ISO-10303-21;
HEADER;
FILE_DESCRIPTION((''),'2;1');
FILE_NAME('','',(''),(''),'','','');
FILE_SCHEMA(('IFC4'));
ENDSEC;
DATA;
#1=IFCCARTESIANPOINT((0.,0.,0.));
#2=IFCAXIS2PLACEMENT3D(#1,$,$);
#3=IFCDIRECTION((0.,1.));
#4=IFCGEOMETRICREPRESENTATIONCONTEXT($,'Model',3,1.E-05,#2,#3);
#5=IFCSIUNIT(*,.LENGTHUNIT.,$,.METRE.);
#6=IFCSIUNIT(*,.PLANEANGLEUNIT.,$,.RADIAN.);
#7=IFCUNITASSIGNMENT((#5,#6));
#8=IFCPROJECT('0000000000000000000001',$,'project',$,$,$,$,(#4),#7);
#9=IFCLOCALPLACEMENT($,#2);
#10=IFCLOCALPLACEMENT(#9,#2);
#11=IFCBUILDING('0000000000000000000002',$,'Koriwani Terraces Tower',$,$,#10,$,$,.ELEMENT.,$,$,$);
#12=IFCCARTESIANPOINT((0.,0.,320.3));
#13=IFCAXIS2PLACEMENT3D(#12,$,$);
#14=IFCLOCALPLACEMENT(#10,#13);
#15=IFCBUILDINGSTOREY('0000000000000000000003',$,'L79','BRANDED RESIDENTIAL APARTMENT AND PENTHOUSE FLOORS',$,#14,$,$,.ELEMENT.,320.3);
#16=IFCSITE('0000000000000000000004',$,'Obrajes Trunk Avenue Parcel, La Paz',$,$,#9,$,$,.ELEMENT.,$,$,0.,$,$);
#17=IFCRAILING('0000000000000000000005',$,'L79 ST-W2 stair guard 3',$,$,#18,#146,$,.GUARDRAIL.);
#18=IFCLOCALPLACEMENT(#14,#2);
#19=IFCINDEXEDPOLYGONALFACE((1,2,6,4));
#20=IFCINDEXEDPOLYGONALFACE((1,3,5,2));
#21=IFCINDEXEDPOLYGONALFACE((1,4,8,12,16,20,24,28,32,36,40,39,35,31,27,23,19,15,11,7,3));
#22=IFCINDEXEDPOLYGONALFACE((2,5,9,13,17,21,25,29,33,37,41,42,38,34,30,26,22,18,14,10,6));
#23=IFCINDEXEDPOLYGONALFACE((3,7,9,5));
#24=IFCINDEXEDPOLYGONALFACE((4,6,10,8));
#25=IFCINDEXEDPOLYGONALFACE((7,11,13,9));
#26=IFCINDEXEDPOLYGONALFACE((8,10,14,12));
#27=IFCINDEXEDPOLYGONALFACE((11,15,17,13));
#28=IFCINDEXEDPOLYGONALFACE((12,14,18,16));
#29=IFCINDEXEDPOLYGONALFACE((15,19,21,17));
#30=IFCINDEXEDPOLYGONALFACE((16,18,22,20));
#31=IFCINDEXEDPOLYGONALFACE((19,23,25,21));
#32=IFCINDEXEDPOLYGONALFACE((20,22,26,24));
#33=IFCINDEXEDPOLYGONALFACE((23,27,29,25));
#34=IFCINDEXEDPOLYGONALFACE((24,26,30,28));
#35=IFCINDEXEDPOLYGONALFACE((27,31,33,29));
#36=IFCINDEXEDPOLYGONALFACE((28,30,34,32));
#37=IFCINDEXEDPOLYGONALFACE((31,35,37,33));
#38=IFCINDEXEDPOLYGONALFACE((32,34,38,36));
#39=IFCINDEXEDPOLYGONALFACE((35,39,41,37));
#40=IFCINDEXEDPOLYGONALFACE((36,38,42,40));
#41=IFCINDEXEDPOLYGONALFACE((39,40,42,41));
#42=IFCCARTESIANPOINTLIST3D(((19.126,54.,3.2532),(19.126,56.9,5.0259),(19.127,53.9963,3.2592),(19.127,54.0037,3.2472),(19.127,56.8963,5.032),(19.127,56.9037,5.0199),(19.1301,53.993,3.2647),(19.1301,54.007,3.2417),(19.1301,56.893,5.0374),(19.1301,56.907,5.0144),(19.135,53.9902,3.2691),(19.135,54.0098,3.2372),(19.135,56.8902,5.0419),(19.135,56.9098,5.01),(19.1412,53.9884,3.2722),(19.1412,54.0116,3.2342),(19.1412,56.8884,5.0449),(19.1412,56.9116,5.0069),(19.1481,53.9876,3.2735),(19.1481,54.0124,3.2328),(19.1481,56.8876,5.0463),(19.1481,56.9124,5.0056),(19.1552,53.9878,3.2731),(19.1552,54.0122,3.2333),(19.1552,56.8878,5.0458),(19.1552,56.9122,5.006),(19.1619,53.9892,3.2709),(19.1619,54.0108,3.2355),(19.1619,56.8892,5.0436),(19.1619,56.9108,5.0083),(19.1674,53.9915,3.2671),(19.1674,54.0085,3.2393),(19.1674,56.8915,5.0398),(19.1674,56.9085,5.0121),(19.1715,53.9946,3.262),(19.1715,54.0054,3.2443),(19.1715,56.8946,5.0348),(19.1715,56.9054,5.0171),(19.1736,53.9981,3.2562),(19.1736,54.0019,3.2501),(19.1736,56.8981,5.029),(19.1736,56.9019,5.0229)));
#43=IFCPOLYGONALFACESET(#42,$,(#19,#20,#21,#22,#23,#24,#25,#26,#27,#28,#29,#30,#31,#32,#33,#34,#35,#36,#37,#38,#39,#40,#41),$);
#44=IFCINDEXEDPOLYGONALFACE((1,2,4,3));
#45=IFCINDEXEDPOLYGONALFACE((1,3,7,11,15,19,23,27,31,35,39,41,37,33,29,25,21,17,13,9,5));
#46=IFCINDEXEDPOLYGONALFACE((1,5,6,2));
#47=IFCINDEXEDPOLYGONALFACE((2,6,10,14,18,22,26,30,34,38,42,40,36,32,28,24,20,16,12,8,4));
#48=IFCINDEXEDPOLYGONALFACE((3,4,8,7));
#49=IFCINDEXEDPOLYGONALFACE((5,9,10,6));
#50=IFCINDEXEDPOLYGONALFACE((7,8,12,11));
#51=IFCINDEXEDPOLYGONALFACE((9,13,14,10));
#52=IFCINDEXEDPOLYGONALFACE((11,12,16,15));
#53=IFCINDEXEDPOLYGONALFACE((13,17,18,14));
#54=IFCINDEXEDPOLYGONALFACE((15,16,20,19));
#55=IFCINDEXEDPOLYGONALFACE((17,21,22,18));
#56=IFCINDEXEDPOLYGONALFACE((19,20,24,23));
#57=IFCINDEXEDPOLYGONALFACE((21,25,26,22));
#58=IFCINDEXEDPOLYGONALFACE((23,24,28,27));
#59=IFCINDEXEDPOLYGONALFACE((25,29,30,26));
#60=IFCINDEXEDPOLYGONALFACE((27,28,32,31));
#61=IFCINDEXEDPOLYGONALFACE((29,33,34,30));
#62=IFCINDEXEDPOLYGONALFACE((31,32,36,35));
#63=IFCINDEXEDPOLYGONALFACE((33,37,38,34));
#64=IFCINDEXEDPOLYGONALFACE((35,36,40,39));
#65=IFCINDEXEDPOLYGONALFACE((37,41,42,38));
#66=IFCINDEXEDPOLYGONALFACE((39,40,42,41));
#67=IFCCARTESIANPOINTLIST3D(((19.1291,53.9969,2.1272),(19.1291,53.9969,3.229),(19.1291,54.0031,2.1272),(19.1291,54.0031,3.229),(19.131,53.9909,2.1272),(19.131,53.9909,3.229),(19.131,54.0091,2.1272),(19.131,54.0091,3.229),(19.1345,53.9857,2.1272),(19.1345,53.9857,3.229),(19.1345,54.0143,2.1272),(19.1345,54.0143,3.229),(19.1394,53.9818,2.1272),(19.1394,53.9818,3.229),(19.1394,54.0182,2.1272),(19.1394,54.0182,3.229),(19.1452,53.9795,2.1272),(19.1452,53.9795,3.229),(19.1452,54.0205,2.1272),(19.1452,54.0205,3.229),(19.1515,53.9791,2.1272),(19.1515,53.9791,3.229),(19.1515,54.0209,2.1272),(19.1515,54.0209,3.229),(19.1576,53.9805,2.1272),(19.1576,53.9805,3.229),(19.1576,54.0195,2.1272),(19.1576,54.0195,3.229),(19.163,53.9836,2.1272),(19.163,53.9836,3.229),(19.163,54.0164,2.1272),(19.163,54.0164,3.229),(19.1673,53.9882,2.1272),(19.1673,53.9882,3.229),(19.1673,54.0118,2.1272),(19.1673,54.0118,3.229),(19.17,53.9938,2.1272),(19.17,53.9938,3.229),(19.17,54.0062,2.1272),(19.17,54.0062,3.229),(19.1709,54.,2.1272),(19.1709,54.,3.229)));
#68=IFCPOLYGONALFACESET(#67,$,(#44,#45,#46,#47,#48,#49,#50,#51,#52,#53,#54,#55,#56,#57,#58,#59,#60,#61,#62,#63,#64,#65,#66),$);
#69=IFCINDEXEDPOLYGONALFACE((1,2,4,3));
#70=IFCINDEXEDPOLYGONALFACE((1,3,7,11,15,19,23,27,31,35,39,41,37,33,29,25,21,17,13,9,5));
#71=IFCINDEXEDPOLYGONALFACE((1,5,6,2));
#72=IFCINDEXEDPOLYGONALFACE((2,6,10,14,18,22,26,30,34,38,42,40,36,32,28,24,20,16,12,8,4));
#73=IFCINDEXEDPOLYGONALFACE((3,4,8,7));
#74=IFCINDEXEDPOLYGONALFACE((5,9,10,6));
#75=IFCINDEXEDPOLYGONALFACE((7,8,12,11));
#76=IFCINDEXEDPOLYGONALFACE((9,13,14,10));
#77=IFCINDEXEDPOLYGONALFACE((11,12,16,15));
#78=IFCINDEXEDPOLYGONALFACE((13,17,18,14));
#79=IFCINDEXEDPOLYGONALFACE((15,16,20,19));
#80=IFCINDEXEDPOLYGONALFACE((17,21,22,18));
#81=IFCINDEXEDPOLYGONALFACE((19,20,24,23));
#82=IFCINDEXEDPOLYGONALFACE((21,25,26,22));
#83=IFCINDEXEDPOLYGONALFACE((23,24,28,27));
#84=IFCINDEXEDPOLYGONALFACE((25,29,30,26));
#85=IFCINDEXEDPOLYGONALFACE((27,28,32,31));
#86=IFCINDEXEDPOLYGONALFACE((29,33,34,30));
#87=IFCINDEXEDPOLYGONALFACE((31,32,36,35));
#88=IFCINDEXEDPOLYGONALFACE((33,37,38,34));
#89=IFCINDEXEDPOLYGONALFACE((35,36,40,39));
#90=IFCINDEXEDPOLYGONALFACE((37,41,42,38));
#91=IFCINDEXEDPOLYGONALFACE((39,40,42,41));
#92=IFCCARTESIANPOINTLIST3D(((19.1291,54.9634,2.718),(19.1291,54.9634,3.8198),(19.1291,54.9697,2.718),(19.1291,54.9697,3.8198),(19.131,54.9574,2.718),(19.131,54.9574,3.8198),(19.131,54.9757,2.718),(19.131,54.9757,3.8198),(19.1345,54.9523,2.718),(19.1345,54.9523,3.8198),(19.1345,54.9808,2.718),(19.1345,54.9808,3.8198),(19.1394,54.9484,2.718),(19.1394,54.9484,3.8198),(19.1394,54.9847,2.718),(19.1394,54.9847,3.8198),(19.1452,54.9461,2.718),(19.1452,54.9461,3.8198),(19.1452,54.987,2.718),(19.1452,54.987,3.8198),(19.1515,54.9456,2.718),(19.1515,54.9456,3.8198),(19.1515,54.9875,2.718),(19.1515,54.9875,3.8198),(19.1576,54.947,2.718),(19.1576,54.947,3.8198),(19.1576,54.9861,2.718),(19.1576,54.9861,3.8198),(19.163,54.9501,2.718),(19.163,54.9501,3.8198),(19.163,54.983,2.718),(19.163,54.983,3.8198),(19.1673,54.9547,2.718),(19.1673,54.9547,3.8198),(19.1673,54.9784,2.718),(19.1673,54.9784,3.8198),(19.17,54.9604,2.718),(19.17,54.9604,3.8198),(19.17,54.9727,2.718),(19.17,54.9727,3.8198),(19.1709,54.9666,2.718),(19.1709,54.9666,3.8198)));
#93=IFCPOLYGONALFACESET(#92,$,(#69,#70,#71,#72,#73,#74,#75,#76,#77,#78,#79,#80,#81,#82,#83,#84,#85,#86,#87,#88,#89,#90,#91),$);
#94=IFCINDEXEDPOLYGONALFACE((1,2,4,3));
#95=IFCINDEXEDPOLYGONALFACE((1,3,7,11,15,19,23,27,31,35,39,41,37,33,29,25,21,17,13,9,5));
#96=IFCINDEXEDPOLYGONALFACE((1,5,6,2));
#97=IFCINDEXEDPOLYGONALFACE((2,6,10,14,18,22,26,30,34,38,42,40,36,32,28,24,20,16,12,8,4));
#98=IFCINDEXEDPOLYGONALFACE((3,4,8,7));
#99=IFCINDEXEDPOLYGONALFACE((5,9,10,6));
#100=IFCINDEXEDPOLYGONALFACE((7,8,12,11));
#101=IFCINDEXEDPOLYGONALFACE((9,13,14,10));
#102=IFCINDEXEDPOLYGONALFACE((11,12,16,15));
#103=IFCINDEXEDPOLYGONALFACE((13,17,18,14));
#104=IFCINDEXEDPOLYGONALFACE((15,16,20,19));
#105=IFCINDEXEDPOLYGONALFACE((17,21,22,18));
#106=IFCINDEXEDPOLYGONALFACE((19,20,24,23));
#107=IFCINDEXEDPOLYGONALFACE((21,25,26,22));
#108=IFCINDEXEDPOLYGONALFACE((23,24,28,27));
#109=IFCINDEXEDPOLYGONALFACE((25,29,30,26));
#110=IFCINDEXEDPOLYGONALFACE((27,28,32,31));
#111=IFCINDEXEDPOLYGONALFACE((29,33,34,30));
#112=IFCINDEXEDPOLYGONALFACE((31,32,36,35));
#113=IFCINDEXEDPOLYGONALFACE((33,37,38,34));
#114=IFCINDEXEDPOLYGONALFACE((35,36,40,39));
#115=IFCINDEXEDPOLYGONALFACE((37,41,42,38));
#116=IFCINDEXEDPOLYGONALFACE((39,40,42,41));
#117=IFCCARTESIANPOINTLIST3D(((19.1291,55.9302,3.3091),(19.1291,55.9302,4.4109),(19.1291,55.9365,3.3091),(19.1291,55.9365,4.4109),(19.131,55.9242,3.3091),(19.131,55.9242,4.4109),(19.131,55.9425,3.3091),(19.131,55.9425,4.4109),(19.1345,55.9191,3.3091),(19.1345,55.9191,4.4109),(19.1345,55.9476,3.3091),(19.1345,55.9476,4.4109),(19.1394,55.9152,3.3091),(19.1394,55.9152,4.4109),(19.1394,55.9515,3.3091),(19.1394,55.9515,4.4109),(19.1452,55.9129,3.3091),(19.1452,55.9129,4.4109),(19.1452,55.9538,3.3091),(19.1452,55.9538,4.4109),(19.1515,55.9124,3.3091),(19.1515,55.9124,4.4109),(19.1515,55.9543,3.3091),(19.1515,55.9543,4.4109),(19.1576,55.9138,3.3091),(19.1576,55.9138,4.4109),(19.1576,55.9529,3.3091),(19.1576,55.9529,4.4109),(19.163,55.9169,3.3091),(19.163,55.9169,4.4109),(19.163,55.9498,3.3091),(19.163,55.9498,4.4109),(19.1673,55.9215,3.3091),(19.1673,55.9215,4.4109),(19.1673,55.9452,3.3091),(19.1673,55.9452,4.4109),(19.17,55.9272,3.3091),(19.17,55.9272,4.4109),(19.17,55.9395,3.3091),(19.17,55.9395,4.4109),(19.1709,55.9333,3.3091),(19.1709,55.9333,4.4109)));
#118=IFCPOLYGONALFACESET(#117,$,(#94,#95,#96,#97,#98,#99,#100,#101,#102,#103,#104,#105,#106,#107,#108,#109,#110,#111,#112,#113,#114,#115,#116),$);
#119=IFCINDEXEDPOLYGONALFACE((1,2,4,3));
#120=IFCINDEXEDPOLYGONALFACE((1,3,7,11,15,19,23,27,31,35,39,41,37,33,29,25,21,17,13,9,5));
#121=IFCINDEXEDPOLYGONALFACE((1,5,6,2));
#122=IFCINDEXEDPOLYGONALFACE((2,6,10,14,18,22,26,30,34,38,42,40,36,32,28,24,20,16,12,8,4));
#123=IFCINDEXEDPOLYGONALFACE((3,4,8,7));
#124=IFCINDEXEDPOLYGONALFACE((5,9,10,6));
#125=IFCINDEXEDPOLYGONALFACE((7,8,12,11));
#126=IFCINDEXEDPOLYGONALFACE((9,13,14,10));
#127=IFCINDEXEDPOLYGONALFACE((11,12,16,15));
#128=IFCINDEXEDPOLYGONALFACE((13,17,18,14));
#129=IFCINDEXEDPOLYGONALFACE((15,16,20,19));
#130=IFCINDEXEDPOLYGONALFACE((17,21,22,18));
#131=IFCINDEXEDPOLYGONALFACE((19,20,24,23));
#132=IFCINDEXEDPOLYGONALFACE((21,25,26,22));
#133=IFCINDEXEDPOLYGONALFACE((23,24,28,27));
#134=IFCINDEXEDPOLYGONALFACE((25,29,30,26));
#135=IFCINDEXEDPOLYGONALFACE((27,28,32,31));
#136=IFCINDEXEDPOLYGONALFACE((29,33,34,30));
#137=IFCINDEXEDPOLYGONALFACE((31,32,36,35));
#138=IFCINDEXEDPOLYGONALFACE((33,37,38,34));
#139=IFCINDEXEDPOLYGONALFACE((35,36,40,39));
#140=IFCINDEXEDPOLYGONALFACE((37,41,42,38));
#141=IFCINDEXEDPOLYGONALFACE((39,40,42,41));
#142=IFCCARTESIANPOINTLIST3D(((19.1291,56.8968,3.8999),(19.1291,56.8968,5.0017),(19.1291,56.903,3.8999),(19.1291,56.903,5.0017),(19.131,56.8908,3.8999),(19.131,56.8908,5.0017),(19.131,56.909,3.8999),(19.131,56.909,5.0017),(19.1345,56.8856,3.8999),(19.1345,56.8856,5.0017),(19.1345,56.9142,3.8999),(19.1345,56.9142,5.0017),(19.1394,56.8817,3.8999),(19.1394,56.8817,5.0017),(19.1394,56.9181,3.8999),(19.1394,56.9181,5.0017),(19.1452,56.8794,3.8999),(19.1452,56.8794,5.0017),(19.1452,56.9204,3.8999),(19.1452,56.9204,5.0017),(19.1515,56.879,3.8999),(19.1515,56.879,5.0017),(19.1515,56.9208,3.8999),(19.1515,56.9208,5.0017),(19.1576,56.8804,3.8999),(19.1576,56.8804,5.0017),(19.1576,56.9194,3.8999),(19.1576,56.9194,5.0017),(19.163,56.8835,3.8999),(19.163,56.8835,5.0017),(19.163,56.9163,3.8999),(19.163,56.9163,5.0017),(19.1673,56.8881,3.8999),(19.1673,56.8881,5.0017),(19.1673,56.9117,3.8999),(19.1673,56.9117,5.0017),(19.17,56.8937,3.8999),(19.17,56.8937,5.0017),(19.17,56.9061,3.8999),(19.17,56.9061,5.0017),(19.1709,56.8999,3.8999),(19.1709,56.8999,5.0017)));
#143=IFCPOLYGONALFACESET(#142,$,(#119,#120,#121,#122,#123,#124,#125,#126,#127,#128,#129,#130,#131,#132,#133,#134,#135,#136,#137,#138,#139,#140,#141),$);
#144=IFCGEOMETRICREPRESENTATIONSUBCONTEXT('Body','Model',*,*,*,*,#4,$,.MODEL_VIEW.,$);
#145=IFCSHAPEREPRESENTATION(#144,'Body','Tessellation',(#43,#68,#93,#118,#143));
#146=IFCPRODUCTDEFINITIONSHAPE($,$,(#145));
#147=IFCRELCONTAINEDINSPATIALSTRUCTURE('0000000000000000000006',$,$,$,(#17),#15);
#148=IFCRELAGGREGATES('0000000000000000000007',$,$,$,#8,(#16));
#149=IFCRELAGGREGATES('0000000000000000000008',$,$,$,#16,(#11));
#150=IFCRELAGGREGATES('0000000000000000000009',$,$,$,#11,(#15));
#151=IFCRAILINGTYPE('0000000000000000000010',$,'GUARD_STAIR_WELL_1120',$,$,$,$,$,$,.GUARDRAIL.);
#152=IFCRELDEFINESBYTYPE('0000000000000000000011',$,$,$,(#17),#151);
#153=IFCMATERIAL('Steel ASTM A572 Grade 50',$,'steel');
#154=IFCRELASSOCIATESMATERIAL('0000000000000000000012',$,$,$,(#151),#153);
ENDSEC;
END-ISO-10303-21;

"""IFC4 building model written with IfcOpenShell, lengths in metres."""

from ifc_helpers import new_model, si_unit, direction, frame, origin, origin_2d, place, context, subcontext, project, spatial, circle, extrude, material, type_object, element, save


model = new_model("IFC4")

# Units and contexts
model_context = context("Model", 3, precision=1e-05, world=origin(), true_north=direction((0.0, 1.0)))
body_context = subcontext(model_context, "Body", "Model", "MODEL_VIEW")
ifc_project = project(units=[si_unit("LENGTHUNIT", "METRE"), si_unit("PLANEANGLEUNIT", "RADIAN")], contexts=[model_context])

# Site, building, storey
site_placement = place(None, origin())
site = spatial("IfcSite", under=ifc_project, at=site_placement, Name="Obrajes Trunk Avenue Parcel, La Paz", CompositionType="ELEMENT", RefElevation=0.0)
building_placement = place(site_placement, origin())
building = spatial("IfcBuilding", under=site, at=building_placement, Name="Koriwani Terraces Tower", CompositionType="ELEMENT")
storey_placement = place(building_placement, frame((0.0, 0.0, 320.3)))
storey = spatial("IfcBuildingStorey", under=building, at=storey_placement, Name="L79", Description="BRANDED RESIDENTIAL APARTMENT AND PENTHOUSE FLOORS", CompositionType="ELEMENT", Elevation=320.3)

# Shared definitions
ifc_material_1 = material(Name="Steel ASTM A572 Grade 50", Category="steel")

# Railing
railing_type_1 = type_object("IfcRailingType", Name="GUARD_STAIR_WELL_1120", PredefinedType="GUARDRAIL", material=ifc_material_1)
railing_1_placement = place(storey_placement, frame((19.1499, 54.0, 2.1272)))
element("IfcRailing", 1, at=railing_1_placement, inside=storey, type_object=railing_type_1, Name="L79 ST-W2 stair guard 3", PredefinedType="GUARDRAIL", context=body_context, shape_type="SweptSolid", body=[
    extrude(circle(Radius=0.0239, at=origin_2d()), frame((0.0, 0.0, 1.126), z_axis=(0.0, 0.853211, 0.521566), x_axis=(-1.0, 0.0, 0.0)), (0.0, 0.0, 1.0), 3.3989),
    extrude(circle(Radius=0.021, at=origin_2d()), origin(), (0.0, 0.0, 1.0), 1.1018),
    extrude(circle(Radius=0.021, at=origin_2d()), frame((0.0, 0.9666, 0.5908)), (0.0, 0.0, 1.0), 1.1018),
    extrude(circle(Radius=0.021, at=origin_2d()), frame((0.0, 1.9333, 1.1819)), (0.0, 0.0, 1.0), 1.1018),
    extrude(circle(Radius=0.021, at=origin_2d()), frame((0.0, 2.8999, 1.7727)), (0.0, 0.0, 1.0), 1.1018),
])

save(model, "model.ifc")
